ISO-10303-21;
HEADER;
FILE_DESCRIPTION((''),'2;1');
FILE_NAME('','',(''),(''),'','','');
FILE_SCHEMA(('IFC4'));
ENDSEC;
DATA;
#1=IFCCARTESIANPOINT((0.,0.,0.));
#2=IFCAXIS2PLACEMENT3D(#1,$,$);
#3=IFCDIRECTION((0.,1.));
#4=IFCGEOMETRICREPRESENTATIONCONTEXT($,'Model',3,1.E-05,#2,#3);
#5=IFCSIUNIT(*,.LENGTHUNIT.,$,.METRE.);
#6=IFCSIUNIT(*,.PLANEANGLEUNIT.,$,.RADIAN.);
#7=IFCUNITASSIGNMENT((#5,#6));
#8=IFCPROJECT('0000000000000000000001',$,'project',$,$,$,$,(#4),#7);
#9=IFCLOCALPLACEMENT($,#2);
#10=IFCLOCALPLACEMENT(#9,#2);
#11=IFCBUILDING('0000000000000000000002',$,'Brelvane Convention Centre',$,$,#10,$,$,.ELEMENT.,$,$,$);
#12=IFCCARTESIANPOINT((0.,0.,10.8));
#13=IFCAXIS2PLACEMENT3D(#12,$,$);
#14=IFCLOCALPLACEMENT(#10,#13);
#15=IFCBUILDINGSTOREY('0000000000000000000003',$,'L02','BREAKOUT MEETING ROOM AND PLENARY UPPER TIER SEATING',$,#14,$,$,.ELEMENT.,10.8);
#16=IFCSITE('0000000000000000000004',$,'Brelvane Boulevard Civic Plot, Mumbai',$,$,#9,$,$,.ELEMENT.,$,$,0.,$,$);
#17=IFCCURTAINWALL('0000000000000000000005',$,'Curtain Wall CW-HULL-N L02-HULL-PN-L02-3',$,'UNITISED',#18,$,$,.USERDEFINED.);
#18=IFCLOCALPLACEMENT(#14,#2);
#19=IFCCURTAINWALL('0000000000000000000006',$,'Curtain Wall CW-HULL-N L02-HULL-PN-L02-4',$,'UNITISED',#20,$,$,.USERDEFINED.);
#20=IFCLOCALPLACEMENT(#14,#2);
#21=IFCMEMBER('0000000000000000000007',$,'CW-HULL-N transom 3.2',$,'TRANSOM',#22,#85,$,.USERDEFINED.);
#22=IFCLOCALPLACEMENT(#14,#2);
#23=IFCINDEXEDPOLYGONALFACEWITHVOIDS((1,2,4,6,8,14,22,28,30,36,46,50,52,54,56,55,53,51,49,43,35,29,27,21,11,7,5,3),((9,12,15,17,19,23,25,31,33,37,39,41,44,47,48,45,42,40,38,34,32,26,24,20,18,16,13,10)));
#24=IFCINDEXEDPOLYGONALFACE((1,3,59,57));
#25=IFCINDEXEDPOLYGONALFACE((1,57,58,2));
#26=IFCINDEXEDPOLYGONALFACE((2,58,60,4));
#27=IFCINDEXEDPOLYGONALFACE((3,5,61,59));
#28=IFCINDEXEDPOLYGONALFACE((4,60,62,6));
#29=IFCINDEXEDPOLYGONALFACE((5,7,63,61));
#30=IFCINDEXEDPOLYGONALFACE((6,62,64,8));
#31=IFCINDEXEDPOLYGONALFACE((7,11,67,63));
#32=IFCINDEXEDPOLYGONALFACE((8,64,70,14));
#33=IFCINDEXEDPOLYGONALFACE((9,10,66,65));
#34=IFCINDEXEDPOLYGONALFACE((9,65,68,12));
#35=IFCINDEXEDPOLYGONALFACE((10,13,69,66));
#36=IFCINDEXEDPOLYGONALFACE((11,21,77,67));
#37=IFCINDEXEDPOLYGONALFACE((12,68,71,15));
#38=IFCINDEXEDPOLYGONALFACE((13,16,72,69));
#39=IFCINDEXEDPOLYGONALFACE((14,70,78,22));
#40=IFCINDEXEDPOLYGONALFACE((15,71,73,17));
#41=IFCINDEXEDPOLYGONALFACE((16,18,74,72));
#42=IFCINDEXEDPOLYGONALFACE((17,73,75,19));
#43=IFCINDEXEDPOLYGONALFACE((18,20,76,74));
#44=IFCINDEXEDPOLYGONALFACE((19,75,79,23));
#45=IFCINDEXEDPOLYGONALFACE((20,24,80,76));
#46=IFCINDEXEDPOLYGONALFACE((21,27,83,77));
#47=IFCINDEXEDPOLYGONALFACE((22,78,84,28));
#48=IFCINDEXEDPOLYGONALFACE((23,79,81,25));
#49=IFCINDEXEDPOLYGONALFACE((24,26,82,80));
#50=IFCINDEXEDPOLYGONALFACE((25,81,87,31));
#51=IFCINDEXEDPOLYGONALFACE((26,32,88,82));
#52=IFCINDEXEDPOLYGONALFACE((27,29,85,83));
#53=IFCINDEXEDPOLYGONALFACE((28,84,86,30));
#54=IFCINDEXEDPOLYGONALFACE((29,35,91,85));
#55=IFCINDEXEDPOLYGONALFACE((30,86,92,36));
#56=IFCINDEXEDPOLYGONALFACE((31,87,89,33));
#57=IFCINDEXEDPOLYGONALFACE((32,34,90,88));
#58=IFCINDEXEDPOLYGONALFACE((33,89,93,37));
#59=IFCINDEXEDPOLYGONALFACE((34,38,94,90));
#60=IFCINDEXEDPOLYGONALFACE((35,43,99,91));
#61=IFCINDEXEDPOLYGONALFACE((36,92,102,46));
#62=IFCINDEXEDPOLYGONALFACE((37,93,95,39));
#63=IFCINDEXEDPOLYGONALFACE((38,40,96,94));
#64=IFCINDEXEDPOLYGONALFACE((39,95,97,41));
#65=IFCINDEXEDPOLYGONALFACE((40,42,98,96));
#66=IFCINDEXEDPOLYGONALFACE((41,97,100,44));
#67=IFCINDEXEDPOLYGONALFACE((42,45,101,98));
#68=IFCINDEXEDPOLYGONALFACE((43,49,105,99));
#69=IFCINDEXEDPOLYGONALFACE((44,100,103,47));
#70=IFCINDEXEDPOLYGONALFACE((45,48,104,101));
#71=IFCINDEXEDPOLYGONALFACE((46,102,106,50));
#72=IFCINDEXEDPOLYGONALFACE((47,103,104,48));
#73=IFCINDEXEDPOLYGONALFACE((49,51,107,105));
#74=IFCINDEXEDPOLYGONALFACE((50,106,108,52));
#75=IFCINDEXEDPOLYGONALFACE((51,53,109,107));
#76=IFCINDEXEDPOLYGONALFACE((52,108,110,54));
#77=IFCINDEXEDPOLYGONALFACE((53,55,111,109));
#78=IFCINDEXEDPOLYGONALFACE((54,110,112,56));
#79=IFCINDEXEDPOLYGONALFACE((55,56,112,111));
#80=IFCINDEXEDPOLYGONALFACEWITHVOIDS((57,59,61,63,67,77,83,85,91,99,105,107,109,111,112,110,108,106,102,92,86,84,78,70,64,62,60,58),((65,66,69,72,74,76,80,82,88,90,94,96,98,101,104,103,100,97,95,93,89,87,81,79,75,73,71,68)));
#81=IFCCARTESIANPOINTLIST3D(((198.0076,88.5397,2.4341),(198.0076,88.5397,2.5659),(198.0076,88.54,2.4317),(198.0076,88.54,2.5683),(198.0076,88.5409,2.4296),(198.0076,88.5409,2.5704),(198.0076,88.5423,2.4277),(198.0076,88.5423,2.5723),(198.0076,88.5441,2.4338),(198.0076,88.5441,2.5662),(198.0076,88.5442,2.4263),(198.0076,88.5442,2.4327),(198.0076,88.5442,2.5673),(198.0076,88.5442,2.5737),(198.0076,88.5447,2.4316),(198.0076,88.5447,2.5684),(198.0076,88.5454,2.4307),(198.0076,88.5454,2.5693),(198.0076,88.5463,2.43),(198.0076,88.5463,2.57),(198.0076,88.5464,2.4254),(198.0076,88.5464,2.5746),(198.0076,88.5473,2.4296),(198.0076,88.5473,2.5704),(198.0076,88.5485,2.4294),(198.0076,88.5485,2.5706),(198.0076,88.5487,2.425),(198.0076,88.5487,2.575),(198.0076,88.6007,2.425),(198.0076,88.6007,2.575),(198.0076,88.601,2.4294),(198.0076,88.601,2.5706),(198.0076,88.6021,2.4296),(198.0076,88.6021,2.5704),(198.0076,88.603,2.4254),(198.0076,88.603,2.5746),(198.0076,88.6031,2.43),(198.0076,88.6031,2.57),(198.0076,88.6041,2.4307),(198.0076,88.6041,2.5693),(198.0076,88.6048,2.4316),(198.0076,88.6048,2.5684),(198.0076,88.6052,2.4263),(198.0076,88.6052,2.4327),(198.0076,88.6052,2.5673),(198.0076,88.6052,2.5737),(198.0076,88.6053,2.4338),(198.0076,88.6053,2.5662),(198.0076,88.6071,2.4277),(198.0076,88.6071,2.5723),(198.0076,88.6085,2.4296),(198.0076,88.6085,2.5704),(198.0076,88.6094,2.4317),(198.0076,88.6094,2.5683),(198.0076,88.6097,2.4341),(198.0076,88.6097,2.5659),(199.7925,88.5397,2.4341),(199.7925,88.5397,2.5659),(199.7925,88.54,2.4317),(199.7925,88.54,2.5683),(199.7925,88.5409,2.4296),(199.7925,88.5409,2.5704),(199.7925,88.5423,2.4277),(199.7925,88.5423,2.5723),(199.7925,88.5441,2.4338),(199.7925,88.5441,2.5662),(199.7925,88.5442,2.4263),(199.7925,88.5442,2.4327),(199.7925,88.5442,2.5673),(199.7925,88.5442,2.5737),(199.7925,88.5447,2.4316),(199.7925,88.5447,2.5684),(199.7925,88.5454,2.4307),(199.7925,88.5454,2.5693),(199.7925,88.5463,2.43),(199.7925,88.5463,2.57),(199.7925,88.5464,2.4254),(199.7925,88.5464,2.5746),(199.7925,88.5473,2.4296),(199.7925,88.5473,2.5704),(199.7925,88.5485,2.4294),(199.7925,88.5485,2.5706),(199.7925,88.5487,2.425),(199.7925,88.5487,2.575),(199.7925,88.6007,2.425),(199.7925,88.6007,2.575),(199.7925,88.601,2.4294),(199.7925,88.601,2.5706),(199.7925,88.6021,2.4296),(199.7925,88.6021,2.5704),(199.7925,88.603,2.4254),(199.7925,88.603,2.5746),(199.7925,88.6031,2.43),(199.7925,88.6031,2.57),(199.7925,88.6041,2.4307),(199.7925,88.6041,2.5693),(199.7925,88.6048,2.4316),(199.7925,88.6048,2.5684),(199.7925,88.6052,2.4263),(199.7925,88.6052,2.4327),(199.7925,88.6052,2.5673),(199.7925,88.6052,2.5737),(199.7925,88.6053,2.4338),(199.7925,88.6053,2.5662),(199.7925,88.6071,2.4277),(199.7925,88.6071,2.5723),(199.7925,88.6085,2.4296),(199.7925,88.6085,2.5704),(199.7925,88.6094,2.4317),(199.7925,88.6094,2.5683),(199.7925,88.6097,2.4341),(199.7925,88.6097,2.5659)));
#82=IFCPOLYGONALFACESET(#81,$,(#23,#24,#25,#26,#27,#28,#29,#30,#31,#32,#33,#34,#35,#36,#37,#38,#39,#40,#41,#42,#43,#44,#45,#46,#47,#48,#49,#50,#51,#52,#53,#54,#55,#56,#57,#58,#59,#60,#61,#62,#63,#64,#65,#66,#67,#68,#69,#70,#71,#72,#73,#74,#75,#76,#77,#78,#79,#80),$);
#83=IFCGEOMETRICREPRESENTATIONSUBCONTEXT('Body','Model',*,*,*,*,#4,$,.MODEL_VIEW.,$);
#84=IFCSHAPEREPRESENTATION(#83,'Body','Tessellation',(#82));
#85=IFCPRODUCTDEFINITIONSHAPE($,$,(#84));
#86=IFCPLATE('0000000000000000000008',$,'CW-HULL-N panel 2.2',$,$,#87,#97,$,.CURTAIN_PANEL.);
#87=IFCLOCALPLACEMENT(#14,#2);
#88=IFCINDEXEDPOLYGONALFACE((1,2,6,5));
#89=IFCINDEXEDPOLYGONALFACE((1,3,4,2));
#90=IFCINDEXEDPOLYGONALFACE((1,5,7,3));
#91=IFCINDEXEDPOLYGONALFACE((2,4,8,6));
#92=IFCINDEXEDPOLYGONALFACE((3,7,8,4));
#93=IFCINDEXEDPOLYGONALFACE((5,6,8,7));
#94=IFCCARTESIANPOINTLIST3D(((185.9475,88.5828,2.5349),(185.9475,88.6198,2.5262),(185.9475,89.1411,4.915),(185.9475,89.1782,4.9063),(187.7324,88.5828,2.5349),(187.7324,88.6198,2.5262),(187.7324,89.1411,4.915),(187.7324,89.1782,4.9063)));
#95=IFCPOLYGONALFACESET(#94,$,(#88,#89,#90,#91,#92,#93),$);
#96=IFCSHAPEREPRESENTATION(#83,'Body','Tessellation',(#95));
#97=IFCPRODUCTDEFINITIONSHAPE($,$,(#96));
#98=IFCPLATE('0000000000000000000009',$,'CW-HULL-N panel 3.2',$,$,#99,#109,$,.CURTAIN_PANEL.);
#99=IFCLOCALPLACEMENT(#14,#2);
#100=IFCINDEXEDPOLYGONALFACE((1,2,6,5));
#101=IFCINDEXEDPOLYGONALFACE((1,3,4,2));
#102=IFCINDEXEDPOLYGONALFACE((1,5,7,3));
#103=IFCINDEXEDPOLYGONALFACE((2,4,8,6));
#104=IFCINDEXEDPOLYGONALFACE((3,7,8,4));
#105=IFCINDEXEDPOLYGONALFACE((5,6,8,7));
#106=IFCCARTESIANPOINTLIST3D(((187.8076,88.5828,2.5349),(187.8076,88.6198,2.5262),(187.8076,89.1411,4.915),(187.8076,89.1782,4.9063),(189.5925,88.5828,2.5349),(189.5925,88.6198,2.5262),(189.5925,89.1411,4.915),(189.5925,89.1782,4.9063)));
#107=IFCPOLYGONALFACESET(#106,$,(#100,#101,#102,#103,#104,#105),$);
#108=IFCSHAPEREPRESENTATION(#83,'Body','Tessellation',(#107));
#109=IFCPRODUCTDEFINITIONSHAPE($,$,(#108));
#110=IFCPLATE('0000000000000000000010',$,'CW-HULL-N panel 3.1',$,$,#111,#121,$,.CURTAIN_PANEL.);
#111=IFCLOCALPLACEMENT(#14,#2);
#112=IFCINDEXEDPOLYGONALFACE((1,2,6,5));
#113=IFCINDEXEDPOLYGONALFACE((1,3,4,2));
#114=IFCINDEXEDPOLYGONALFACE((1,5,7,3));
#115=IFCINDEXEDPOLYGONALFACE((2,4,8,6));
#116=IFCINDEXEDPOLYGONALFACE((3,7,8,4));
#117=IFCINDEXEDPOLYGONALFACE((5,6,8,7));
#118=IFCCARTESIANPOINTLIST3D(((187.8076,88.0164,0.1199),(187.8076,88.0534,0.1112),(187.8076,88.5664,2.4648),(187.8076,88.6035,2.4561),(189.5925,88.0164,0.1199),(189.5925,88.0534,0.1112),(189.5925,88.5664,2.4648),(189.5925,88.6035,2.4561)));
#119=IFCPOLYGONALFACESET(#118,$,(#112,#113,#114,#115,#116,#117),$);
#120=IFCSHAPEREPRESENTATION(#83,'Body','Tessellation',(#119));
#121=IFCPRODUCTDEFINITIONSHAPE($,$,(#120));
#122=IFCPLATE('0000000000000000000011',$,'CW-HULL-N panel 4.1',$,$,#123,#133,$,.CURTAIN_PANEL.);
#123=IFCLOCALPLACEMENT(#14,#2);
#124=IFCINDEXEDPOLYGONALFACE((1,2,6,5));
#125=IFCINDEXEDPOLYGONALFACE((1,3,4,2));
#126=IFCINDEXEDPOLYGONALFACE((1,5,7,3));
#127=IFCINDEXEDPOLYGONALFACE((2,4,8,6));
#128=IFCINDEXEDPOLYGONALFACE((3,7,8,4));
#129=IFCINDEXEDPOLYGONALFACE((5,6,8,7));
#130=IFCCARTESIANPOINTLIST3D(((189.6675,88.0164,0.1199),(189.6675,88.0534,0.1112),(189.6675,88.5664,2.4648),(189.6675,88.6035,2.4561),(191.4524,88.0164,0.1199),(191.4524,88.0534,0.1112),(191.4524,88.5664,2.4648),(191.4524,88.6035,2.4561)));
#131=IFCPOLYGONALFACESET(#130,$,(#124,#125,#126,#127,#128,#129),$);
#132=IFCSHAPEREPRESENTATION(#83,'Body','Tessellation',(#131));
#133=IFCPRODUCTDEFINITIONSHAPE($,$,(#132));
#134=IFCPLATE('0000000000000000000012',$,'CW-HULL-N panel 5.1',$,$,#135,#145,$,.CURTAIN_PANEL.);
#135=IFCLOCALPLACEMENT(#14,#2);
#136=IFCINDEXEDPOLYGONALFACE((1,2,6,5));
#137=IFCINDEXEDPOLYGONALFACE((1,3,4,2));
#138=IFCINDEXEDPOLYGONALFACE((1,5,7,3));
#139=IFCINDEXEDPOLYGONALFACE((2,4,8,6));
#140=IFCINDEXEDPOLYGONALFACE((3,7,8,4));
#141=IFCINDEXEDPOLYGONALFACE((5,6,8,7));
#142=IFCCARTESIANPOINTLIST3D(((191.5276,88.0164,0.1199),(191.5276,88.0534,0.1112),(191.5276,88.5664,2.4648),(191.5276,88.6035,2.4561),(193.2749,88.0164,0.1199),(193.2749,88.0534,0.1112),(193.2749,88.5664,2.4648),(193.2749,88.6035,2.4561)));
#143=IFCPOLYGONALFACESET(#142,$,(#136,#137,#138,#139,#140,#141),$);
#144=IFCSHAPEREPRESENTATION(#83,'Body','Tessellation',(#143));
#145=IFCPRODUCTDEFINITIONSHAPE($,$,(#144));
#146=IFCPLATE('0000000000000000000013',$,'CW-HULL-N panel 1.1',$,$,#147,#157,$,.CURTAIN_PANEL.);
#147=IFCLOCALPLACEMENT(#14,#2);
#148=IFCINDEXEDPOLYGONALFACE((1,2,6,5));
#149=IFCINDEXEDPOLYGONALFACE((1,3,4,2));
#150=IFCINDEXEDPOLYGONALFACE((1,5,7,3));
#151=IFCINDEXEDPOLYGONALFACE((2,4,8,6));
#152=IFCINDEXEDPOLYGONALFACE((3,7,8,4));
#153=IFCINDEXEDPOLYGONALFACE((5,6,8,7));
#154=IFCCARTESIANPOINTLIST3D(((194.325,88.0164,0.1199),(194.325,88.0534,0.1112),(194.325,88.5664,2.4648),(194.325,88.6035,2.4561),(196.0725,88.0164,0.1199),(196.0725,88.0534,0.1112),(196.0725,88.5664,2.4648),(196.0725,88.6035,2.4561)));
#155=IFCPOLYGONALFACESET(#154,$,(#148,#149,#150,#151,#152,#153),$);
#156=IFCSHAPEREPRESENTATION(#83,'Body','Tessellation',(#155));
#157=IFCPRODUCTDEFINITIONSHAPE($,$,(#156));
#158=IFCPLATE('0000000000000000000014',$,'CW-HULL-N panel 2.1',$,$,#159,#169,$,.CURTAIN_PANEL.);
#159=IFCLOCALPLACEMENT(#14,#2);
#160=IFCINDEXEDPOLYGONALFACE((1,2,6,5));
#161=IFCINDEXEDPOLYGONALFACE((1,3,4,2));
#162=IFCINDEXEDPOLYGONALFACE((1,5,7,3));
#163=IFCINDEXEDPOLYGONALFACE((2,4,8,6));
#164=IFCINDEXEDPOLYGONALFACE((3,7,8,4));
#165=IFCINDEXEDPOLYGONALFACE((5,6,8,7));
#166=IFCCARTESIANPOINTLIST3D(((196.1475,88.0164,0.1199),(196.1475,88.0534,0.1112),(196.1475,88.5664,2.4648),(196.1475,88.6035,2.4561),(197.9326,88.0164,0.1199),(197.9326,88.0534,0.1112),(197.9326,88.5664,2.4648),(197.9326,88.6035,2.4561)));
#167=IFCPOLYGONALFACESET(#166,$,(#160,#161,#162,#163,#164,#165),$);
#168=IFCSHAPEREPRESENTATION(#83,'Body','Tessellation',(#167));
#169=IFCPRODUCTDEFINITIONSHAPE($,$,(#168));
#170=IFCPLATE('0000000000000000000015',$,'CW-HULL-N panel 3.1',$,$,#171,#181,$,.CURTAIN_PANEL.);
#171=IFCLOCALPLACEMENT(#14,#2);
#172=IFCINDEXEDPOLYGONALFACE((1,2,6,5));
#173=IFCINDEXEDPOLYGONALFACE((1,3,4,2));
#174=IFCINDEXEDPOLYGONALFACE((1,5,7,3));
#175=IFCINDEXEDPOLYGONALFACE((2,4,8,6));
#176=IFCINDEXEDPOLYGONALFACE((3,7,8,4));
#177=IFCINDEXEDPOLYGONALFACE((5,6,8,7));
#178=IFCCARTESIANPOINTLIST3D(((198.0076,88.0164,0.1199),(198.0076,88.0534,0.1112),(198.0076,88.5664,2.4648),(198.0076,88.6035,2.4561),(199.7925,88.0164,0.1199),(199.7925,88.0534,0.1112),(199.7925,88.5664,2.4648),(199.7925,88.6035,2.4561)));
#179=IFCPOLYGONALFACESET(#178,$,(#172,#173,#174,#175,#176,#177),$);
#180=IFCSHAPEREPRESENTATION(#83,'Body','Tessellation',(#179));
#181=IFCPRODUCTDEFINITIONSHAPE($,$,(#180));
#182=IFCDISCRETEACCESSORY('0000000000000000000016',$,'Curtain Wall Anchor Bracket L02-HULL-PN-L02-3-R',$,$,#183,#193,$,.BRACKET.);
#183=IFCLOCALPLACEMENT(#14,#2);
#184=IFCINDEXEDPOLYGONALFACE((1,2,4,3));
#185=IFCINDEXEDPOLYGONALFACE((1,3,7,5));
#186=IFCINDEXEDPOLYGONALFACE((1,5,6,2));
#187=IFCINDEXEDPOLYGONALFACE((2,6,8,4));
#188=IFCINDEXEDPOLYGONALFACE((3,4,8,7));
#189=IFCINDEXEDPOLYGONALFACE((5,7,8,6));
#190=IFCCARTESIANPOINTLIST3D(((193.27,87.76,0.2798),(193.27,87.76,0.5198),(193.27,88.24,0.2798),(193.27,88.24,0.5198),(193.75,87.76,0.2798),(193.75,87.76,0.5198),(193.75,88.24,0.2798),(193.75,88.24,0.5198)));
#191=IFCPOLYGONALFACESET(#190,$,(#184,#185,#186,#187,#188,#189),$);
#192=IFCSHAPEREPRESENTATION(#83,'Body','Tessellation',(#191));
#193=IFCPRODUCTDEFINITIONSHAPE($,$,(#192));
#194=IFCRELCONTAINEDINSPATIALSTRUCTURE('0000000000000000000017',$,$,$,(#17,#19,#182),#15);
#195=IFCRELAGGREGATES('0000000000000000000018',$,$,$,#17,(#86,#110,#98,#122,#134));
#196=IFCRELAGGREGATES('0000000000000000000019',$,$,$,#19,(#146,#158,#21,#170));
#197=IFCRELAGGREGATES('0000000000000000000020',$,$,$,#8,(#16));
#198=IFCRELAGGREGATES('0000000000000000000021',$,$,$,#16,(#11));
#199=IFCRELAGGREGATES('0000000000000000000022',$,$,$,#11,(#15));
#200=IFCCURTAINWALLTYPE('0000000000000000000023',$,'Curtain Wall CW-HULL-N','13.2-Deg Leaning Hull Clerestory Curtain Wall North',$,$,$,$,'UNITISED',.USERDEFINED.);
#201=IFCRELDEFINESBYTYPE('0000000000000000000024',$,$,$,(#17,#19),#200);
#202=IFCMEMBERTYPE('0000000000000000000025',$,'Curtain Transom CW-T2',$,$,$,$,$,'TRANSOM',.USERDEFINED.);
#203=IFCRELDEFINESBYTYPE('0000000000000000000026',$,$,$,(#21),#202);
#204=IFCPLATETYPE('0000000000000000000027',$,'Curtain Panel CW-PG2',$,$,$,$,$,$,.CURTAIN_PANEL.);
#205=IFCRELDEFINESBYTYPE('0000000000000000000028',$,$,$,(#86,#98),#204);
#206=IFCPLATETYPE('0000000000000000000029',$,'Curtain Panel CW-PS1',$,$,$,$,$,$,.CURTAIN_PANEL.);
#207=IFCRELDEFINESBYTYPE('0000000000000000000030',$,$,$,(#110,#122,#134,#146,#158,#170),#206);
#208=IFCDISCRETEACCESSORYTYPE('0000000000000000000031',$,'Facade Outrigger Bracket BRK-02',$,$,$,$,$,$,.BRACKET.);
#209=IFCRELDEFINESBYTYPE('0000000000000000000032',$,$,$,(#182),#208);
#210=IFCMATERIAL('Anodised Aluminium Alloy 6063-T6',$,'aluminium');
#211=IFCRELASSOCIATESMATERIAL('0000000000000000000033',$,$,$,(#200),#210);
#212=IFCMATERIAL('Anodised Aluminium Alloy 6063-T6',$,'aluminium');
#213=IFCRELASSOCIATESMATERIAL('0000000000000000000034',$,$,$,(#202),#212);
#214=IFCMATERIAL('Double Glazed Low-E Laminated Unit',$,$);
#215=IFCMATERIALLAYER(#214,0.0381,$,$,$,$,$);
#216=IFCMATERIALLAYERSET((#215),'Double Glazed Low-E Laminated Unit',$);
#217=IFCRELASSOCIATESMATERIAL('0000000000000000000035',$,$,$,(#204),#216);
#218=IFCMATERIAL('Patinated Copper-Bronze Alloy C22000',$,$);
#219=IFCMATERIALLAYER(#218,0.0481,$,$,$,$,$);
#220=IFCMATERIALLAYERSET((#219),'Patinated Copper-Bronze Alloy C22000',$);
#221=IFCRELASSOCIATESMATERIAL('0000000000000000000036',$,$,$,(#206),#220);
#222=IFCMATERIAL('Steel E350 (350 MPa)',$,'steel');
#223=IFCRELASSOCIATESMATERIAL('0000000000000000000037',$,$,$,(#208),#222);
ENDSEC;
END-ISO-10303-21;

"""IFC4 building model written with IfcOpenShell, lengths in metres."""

from ifc_helpers import new_model, si_unit, direction, frame, origin, origin_2d, place, context, subcontext, project, spatial, polyline, rectangle, hollow_rectangle, outline, extrude, material, layer, layer_set, material_profile, profile_set, type_object, element, aggregate, save


model = new_model("IFC4")

# Units and contexts
model_context = context("Model", 3, precision=1e-05, world=origin(), true_north=direction((0.0, 1.0)))
body_context = subcontext(model_context, "Body", "Model", "MODEL_VIEW")
ifc_project = project(units=[si_unit("LENGTHUNIT", "METRE"), si_unit("PLANEANGLEUNIT", "RADIAN")], contexts=[model_context])

# Site, building, storey
site_placement = place(None, origin())
site = spatial("IfcSite", under=ifc_project, at=site_placement, Name="Brelvane Boulevard Civic Plot, Mumbai", CompositionType="ELEMENT", RefElevation=0.0)
building_placement = place(site_placement, origin())
building = spatial("IfcBuilding", under=site, at=building_placement, Name="Brelvane Convention Centre", CompositionType="ELEMENT")
storey_placement = place(building_placement, frame((0.0, 0.0, 10.8)))
storey = spatial("IfcBuildingStorey", under=building, at=storey_placement, Name="L02", Description="BREAKOUT MEETING ROOM AND PLENARY UPPER TIER SEATING", CompositionType="ELEMENT", Elevation=10.8)

# Curtain walls
ifc_material_1 = material(Name="Anodised Aluminium Alloy 6063-T6", Category="aluminium")
curtain_wall_type = type_object("IfcCurtainWallType", Name="Curtain Wall CW-HULL-N", Description="13.2-Deg Leaning Hull Clerestory Curtain Wall North", ElementType="UNITISED", PredefinedType="USERDEFINED", material=ifc_material_1)
curtain_wall_1_placement = place(storey_placement, origin())
curtain_wall_1 = element("IfcCurtainWall", 1, at=curtain_wall_1_placement, inside=storey, type_object=curtain_wall_type, Name="Curtain Wall CW-HULL-N L02-HULL-PN-L02-3", ObjectType="UNITISED", PredefinedType="USERDEFINED")
curtain_wall_2_placement = place(storey_placement, origin())
curtain_wall_2 = element("IfcCurtainWall", 2, at=curtain_wall_2_placement, inside=storey, type_object=curtain_wall_type, Name="Curtain Wall CW-HULL-N L02-HULL-PN-L02-4", ObjectType="UNITISED", PredefinedType="USERDEFINED")

# Member
ifc_material_2 = material(Name="Anodised Aluminium Alloy 6063-T6", Category="aluminium")
ifc_material_profile_1 = material_profile(ifc_material_2, hollow_rectangle(XDim=0.0701, YDim=0.1499, WallThickness=0.0044, InnerFilletRadius=0.0044, OuterFilletRadius=0.009, at=origin_2d()), Name="ALU-T 150x70x4.5")
ifc_profile_set_1 = profile_set([ifc_material_profile_1], Name="Anodised Aluminium Alloy 6063-T6")
member_type_1 = type_object("IfcMemberType", Name="Curtain Transom CW-T2", ElementType="TRANSOM", PredefinedType="USERDEFINED", material=ifc_profile_set_1)
member_1_placement = place(storey_placement, frame((198.0076, 88.5747, 2.5), z_axis=(1.0, 0.0, 0.0), x_axis=(0.0, 1.0, 0.0)))
member_1 = element("IfcMember", 3, at=member_1_placement, type_object=member_type_1, Name="CW-HULL-N transom 3.2", ObjectType="TRANSOM", PredefinedType="USERDEFINED", context=body_context, shape_type="SweptSolid", body=[
    extrude(hollow_rectangle(XDim=0.0701, YDim=0.1499, WallThickness=0.0044, InnerFilletRadius=0.0044, OuterFilletRadius=0.009, at=origin_2d()), origin(), (0.0, 0.0, 1.0), 1.7849),
])

# Plates
ifc_material_3 = material(Name="Double Glazed Low-E Laminated Unit")
ifc_layer_1 = layer(ifc_material_3, 0.0381)
ifc_layer_set_1 = layer_set([ifc_layer_1], Name="Double Glazed Low-E Laminated Unit")
plate_type_1 = type_object("IfcPlateType", Name="Curtain Panel CW-PG2", PredefinedType="CURTAIN_PANEL", material=ifc_layer_set_1)
plate_1_placement = place(storey_placement, frame((185.9475, 88.5828, 2.5349), z_axis=(0.0, -0.97357, 0.228388), x_axis=(1.0, 0.0, 0.0)))
plate_1 = element("IfcPlate", 4, at=plate_1_placement, type_object=plate_type_1, Name="CW-HULL-N panel 2.2", PredefinedType="CURTAIN_PANEL", context=body_context, shape_type="SweptSolid", body=[
    extrude(outline(polyline([(0.0, 0.0), (1.7849, 0.0), (1.7849, 2.4447), (0.0, 2.4447), (0.0, 0.0)])), origin(), (0.0, 0.0, -1.0), 0.0381),
])
plate_2_placement = place(storey_placement, frame((187.8076, 88.5828, 2.5349), z_axis=(0.0, -0.97357, 0.228388), x_axis=(1.0, 0.0, 0.0)))
plate_2 = element("IfcPlate", 5, at=plate_2_placement, type_object=plate_type_1, Name="CW-HULL-N panel 3.2", PredefinedType="CURTAIN_PANEL", context=body_context, shape_type="SweptSolid", body=[
    extrude(outline(polyline([(0.0, 0.0), (1.7849, 0.0), (1.7849, 2.4447), (0.0, 2.4447), (0.0, 0.0)])), origin(), (0.0, 0.0, -1.0), 0.0381),
])
ifc_material_4 = material(Name="Patinated Copper-Bronze Alloy C22000")
ifc_layer_2 = layer(ifc_material_4, 0.0481)
ifc_layer_set_2 = layer_set([ifc_layer_2], Name="Patinated Copper-Bronze Alloy C22000")
plate_type_2 = type_object("IfcPlateType", Name="Curtain Panel CW-PS1", PredefinedType="CURTAIN_PANEL", material=ifc_layer_set_2)
plate_3_placement = place(storey_placement, frame((187.8076, 88.0164, 0.1199), z_axis=(0.0, -0.973575, 0.228367), x_axis=(1.0, 0.0, 0.0)))
plate_3 = element("IfcPlate", 6, at=plate_3_placement, type_object=plate_type_2, Name="CW-HULL-N panel 3.1", PredefinedType="CURTAIN_PANEL", context=body_context, shape_type="SweptSolid", body=[
    extrude(outline(polyline([(0.0, 0.0), (1.7849, 0.0), (1.7849, 2.4086), (0.0, 2.4086), (0.0, 0.0)])), origin(), (0.0, 0.0, -1.0), 0.0381),
])
plate_4_placement = place(storey_placement, frame((189.6675, 88.0164, 0.1199), z_axis=(0.0, -0.973575, 0.228367), x_axis=(1.0, 0.0, 0.0)))
plate_4 = element("IfcPlate", 7, at=plate_4_placement, type_object=plate_type_2, Name="CW-HULL-N panel 4.1", PredefinedType="CURTAIN_PANEL", context=body_context, shape_type="SweptSolid", body=[
    extrude(outline(polyline([(0.0, 0.0), (1.7849, 0.0), (1.7849, 2.4086), (0.0, 2.4086), (0.0, 0.0)])), origin(), (0.0, 0.0, -1.0), 0.0381),
])
plate_5_placement = place(storey_placement, frame((191.5276, 88.0164, 0.1199), z_axis=(0.0, -0.973575, 0.228367), x_axis=(1.0, 0.0, 0.0)))
plate_5 = element("IfcPlate", 8, at=plate_5_placement, type_object=plate_type_2, Name="CW-HULL-N panel 5.1", PredefinedType="CURTAIN_PANEL", context=body_context, shape_type="SweptSolid", body=[
    extrude(outline(polyline([(0.0, 0.0), (1.7473, 0.0), (1.7473, 2.4086), (0.0, 2.4086), (0.0, 0.0)])), origin(), (0.0, 0.0, -1.0), 0.0381),
])
aggregate(curtain_wall_1, [plate_1, plate_3, plate_2, plate_4, plate_5])
plate_6_placement = place(storey_placement, frame((194.325, 88.0164, 0.1199), z_axis=(0.0, -0.973575, 0.228367), x_axis=(1.0, 0.0, 0.0)))
plate_6 = element("IfcPlate", 9, at=plate_6_placement, type_object=plate_type_2, Name="CW-HULL-N panel 1.1", PredefinedType="CURTAIN_PANEL", context=body_context, shape_type="SweptSolid", body=[
    extrude(outline(polyline([(0.0, 0.0), (1.7476, 0.0), (1.7476, 2.4086), (0.0, 2.4086), (0.0, 0.0)])), origin(), (0.0, 0.0, -1.0), 0.0381),
])
plate_7_placement = place(storey_placement, frame((196.1475, 88.0164, 0.1199), z_axis=(0.0, -0.973575, 0.228367), x_axis=(1.0, 0.0, 0.0)))
plate_7 = element("IfcPlate", 10, at=plate_7_placement, type_object=plate_type_2, Name="CW-HULL-N panel 2.1", PredefinedType="CURTAIN_PANEL", context=body_context, shape_type="SweptSolid", body=[
    extrude(outline(polyline([(0.0, 0.0), (1.7852, 0.0), (1.7852, 2.4086), (0.0, 2.4086), (0.0, 0.0)])), origin(), (0.0, 0.0, -1.0), 0.0381),
])
plate_8_placement = place(storey_placement, frame((198.0076, 88.0164, 0.1199), z_axis=(0.0, -0.973575, 0.228367), x_axis=(1.0, 0.0, 0.0)))
plate_8 = element("IfcPlate", 11, at=plate_8_placement, type_object=plate_type_2, Name="CW-HULL-N panel 3.1", PredefinedType="CURTAIN_PANEL", context=body_context, shape_type="SweptSolid", body=[
    extrude(outline(polyline([(0.0, 0.0), (1.7849, 0.0), (1.7849, 2.4086), (0.0, 2.4086), (0.0, 0.0)])), origin(), (0.0, 0.0, -1.0), 0.0381),
])
aggregate(curtain_wall_2, [plate_6, plate_7, member_1, plate_8])

# Discrete accessory
ifc_material_5 = material(Name="Steel E350 (350 MPa)", Category="steel")
discrete_accessory_type = type_object("IfcDiscreteAccessoryType", Name="Facade Outrigger Bracket BRK-02", PredefinedType="BRACKET", material=ifc_material_5)
discrete_accessory_1_placement = place(storey_placement, frame((193.51, 88.0, 0.2798), z_axis=(0.0, 0.0, 1.0), x_axis=(1.0, 0.0, 0.0)))
element("IfcDiscreteAccessory", 12, at=discrete_accessory_1_placement, inside=storey, type_object=discrete_accessory_type, Name="Curtain Wall Anchor Bracket L02-HULL-PN-L02-3-R", PredefinedType="BRACKET", context=body_context, shape_type="SweptSolid", body=[
    extrude(rectangle(XDim=0.48, YDim=0.48, at=origin_2d()), origin(), (0.0, 0.0, 1.0), 0.24),
])

save(model, "model.ifc")
